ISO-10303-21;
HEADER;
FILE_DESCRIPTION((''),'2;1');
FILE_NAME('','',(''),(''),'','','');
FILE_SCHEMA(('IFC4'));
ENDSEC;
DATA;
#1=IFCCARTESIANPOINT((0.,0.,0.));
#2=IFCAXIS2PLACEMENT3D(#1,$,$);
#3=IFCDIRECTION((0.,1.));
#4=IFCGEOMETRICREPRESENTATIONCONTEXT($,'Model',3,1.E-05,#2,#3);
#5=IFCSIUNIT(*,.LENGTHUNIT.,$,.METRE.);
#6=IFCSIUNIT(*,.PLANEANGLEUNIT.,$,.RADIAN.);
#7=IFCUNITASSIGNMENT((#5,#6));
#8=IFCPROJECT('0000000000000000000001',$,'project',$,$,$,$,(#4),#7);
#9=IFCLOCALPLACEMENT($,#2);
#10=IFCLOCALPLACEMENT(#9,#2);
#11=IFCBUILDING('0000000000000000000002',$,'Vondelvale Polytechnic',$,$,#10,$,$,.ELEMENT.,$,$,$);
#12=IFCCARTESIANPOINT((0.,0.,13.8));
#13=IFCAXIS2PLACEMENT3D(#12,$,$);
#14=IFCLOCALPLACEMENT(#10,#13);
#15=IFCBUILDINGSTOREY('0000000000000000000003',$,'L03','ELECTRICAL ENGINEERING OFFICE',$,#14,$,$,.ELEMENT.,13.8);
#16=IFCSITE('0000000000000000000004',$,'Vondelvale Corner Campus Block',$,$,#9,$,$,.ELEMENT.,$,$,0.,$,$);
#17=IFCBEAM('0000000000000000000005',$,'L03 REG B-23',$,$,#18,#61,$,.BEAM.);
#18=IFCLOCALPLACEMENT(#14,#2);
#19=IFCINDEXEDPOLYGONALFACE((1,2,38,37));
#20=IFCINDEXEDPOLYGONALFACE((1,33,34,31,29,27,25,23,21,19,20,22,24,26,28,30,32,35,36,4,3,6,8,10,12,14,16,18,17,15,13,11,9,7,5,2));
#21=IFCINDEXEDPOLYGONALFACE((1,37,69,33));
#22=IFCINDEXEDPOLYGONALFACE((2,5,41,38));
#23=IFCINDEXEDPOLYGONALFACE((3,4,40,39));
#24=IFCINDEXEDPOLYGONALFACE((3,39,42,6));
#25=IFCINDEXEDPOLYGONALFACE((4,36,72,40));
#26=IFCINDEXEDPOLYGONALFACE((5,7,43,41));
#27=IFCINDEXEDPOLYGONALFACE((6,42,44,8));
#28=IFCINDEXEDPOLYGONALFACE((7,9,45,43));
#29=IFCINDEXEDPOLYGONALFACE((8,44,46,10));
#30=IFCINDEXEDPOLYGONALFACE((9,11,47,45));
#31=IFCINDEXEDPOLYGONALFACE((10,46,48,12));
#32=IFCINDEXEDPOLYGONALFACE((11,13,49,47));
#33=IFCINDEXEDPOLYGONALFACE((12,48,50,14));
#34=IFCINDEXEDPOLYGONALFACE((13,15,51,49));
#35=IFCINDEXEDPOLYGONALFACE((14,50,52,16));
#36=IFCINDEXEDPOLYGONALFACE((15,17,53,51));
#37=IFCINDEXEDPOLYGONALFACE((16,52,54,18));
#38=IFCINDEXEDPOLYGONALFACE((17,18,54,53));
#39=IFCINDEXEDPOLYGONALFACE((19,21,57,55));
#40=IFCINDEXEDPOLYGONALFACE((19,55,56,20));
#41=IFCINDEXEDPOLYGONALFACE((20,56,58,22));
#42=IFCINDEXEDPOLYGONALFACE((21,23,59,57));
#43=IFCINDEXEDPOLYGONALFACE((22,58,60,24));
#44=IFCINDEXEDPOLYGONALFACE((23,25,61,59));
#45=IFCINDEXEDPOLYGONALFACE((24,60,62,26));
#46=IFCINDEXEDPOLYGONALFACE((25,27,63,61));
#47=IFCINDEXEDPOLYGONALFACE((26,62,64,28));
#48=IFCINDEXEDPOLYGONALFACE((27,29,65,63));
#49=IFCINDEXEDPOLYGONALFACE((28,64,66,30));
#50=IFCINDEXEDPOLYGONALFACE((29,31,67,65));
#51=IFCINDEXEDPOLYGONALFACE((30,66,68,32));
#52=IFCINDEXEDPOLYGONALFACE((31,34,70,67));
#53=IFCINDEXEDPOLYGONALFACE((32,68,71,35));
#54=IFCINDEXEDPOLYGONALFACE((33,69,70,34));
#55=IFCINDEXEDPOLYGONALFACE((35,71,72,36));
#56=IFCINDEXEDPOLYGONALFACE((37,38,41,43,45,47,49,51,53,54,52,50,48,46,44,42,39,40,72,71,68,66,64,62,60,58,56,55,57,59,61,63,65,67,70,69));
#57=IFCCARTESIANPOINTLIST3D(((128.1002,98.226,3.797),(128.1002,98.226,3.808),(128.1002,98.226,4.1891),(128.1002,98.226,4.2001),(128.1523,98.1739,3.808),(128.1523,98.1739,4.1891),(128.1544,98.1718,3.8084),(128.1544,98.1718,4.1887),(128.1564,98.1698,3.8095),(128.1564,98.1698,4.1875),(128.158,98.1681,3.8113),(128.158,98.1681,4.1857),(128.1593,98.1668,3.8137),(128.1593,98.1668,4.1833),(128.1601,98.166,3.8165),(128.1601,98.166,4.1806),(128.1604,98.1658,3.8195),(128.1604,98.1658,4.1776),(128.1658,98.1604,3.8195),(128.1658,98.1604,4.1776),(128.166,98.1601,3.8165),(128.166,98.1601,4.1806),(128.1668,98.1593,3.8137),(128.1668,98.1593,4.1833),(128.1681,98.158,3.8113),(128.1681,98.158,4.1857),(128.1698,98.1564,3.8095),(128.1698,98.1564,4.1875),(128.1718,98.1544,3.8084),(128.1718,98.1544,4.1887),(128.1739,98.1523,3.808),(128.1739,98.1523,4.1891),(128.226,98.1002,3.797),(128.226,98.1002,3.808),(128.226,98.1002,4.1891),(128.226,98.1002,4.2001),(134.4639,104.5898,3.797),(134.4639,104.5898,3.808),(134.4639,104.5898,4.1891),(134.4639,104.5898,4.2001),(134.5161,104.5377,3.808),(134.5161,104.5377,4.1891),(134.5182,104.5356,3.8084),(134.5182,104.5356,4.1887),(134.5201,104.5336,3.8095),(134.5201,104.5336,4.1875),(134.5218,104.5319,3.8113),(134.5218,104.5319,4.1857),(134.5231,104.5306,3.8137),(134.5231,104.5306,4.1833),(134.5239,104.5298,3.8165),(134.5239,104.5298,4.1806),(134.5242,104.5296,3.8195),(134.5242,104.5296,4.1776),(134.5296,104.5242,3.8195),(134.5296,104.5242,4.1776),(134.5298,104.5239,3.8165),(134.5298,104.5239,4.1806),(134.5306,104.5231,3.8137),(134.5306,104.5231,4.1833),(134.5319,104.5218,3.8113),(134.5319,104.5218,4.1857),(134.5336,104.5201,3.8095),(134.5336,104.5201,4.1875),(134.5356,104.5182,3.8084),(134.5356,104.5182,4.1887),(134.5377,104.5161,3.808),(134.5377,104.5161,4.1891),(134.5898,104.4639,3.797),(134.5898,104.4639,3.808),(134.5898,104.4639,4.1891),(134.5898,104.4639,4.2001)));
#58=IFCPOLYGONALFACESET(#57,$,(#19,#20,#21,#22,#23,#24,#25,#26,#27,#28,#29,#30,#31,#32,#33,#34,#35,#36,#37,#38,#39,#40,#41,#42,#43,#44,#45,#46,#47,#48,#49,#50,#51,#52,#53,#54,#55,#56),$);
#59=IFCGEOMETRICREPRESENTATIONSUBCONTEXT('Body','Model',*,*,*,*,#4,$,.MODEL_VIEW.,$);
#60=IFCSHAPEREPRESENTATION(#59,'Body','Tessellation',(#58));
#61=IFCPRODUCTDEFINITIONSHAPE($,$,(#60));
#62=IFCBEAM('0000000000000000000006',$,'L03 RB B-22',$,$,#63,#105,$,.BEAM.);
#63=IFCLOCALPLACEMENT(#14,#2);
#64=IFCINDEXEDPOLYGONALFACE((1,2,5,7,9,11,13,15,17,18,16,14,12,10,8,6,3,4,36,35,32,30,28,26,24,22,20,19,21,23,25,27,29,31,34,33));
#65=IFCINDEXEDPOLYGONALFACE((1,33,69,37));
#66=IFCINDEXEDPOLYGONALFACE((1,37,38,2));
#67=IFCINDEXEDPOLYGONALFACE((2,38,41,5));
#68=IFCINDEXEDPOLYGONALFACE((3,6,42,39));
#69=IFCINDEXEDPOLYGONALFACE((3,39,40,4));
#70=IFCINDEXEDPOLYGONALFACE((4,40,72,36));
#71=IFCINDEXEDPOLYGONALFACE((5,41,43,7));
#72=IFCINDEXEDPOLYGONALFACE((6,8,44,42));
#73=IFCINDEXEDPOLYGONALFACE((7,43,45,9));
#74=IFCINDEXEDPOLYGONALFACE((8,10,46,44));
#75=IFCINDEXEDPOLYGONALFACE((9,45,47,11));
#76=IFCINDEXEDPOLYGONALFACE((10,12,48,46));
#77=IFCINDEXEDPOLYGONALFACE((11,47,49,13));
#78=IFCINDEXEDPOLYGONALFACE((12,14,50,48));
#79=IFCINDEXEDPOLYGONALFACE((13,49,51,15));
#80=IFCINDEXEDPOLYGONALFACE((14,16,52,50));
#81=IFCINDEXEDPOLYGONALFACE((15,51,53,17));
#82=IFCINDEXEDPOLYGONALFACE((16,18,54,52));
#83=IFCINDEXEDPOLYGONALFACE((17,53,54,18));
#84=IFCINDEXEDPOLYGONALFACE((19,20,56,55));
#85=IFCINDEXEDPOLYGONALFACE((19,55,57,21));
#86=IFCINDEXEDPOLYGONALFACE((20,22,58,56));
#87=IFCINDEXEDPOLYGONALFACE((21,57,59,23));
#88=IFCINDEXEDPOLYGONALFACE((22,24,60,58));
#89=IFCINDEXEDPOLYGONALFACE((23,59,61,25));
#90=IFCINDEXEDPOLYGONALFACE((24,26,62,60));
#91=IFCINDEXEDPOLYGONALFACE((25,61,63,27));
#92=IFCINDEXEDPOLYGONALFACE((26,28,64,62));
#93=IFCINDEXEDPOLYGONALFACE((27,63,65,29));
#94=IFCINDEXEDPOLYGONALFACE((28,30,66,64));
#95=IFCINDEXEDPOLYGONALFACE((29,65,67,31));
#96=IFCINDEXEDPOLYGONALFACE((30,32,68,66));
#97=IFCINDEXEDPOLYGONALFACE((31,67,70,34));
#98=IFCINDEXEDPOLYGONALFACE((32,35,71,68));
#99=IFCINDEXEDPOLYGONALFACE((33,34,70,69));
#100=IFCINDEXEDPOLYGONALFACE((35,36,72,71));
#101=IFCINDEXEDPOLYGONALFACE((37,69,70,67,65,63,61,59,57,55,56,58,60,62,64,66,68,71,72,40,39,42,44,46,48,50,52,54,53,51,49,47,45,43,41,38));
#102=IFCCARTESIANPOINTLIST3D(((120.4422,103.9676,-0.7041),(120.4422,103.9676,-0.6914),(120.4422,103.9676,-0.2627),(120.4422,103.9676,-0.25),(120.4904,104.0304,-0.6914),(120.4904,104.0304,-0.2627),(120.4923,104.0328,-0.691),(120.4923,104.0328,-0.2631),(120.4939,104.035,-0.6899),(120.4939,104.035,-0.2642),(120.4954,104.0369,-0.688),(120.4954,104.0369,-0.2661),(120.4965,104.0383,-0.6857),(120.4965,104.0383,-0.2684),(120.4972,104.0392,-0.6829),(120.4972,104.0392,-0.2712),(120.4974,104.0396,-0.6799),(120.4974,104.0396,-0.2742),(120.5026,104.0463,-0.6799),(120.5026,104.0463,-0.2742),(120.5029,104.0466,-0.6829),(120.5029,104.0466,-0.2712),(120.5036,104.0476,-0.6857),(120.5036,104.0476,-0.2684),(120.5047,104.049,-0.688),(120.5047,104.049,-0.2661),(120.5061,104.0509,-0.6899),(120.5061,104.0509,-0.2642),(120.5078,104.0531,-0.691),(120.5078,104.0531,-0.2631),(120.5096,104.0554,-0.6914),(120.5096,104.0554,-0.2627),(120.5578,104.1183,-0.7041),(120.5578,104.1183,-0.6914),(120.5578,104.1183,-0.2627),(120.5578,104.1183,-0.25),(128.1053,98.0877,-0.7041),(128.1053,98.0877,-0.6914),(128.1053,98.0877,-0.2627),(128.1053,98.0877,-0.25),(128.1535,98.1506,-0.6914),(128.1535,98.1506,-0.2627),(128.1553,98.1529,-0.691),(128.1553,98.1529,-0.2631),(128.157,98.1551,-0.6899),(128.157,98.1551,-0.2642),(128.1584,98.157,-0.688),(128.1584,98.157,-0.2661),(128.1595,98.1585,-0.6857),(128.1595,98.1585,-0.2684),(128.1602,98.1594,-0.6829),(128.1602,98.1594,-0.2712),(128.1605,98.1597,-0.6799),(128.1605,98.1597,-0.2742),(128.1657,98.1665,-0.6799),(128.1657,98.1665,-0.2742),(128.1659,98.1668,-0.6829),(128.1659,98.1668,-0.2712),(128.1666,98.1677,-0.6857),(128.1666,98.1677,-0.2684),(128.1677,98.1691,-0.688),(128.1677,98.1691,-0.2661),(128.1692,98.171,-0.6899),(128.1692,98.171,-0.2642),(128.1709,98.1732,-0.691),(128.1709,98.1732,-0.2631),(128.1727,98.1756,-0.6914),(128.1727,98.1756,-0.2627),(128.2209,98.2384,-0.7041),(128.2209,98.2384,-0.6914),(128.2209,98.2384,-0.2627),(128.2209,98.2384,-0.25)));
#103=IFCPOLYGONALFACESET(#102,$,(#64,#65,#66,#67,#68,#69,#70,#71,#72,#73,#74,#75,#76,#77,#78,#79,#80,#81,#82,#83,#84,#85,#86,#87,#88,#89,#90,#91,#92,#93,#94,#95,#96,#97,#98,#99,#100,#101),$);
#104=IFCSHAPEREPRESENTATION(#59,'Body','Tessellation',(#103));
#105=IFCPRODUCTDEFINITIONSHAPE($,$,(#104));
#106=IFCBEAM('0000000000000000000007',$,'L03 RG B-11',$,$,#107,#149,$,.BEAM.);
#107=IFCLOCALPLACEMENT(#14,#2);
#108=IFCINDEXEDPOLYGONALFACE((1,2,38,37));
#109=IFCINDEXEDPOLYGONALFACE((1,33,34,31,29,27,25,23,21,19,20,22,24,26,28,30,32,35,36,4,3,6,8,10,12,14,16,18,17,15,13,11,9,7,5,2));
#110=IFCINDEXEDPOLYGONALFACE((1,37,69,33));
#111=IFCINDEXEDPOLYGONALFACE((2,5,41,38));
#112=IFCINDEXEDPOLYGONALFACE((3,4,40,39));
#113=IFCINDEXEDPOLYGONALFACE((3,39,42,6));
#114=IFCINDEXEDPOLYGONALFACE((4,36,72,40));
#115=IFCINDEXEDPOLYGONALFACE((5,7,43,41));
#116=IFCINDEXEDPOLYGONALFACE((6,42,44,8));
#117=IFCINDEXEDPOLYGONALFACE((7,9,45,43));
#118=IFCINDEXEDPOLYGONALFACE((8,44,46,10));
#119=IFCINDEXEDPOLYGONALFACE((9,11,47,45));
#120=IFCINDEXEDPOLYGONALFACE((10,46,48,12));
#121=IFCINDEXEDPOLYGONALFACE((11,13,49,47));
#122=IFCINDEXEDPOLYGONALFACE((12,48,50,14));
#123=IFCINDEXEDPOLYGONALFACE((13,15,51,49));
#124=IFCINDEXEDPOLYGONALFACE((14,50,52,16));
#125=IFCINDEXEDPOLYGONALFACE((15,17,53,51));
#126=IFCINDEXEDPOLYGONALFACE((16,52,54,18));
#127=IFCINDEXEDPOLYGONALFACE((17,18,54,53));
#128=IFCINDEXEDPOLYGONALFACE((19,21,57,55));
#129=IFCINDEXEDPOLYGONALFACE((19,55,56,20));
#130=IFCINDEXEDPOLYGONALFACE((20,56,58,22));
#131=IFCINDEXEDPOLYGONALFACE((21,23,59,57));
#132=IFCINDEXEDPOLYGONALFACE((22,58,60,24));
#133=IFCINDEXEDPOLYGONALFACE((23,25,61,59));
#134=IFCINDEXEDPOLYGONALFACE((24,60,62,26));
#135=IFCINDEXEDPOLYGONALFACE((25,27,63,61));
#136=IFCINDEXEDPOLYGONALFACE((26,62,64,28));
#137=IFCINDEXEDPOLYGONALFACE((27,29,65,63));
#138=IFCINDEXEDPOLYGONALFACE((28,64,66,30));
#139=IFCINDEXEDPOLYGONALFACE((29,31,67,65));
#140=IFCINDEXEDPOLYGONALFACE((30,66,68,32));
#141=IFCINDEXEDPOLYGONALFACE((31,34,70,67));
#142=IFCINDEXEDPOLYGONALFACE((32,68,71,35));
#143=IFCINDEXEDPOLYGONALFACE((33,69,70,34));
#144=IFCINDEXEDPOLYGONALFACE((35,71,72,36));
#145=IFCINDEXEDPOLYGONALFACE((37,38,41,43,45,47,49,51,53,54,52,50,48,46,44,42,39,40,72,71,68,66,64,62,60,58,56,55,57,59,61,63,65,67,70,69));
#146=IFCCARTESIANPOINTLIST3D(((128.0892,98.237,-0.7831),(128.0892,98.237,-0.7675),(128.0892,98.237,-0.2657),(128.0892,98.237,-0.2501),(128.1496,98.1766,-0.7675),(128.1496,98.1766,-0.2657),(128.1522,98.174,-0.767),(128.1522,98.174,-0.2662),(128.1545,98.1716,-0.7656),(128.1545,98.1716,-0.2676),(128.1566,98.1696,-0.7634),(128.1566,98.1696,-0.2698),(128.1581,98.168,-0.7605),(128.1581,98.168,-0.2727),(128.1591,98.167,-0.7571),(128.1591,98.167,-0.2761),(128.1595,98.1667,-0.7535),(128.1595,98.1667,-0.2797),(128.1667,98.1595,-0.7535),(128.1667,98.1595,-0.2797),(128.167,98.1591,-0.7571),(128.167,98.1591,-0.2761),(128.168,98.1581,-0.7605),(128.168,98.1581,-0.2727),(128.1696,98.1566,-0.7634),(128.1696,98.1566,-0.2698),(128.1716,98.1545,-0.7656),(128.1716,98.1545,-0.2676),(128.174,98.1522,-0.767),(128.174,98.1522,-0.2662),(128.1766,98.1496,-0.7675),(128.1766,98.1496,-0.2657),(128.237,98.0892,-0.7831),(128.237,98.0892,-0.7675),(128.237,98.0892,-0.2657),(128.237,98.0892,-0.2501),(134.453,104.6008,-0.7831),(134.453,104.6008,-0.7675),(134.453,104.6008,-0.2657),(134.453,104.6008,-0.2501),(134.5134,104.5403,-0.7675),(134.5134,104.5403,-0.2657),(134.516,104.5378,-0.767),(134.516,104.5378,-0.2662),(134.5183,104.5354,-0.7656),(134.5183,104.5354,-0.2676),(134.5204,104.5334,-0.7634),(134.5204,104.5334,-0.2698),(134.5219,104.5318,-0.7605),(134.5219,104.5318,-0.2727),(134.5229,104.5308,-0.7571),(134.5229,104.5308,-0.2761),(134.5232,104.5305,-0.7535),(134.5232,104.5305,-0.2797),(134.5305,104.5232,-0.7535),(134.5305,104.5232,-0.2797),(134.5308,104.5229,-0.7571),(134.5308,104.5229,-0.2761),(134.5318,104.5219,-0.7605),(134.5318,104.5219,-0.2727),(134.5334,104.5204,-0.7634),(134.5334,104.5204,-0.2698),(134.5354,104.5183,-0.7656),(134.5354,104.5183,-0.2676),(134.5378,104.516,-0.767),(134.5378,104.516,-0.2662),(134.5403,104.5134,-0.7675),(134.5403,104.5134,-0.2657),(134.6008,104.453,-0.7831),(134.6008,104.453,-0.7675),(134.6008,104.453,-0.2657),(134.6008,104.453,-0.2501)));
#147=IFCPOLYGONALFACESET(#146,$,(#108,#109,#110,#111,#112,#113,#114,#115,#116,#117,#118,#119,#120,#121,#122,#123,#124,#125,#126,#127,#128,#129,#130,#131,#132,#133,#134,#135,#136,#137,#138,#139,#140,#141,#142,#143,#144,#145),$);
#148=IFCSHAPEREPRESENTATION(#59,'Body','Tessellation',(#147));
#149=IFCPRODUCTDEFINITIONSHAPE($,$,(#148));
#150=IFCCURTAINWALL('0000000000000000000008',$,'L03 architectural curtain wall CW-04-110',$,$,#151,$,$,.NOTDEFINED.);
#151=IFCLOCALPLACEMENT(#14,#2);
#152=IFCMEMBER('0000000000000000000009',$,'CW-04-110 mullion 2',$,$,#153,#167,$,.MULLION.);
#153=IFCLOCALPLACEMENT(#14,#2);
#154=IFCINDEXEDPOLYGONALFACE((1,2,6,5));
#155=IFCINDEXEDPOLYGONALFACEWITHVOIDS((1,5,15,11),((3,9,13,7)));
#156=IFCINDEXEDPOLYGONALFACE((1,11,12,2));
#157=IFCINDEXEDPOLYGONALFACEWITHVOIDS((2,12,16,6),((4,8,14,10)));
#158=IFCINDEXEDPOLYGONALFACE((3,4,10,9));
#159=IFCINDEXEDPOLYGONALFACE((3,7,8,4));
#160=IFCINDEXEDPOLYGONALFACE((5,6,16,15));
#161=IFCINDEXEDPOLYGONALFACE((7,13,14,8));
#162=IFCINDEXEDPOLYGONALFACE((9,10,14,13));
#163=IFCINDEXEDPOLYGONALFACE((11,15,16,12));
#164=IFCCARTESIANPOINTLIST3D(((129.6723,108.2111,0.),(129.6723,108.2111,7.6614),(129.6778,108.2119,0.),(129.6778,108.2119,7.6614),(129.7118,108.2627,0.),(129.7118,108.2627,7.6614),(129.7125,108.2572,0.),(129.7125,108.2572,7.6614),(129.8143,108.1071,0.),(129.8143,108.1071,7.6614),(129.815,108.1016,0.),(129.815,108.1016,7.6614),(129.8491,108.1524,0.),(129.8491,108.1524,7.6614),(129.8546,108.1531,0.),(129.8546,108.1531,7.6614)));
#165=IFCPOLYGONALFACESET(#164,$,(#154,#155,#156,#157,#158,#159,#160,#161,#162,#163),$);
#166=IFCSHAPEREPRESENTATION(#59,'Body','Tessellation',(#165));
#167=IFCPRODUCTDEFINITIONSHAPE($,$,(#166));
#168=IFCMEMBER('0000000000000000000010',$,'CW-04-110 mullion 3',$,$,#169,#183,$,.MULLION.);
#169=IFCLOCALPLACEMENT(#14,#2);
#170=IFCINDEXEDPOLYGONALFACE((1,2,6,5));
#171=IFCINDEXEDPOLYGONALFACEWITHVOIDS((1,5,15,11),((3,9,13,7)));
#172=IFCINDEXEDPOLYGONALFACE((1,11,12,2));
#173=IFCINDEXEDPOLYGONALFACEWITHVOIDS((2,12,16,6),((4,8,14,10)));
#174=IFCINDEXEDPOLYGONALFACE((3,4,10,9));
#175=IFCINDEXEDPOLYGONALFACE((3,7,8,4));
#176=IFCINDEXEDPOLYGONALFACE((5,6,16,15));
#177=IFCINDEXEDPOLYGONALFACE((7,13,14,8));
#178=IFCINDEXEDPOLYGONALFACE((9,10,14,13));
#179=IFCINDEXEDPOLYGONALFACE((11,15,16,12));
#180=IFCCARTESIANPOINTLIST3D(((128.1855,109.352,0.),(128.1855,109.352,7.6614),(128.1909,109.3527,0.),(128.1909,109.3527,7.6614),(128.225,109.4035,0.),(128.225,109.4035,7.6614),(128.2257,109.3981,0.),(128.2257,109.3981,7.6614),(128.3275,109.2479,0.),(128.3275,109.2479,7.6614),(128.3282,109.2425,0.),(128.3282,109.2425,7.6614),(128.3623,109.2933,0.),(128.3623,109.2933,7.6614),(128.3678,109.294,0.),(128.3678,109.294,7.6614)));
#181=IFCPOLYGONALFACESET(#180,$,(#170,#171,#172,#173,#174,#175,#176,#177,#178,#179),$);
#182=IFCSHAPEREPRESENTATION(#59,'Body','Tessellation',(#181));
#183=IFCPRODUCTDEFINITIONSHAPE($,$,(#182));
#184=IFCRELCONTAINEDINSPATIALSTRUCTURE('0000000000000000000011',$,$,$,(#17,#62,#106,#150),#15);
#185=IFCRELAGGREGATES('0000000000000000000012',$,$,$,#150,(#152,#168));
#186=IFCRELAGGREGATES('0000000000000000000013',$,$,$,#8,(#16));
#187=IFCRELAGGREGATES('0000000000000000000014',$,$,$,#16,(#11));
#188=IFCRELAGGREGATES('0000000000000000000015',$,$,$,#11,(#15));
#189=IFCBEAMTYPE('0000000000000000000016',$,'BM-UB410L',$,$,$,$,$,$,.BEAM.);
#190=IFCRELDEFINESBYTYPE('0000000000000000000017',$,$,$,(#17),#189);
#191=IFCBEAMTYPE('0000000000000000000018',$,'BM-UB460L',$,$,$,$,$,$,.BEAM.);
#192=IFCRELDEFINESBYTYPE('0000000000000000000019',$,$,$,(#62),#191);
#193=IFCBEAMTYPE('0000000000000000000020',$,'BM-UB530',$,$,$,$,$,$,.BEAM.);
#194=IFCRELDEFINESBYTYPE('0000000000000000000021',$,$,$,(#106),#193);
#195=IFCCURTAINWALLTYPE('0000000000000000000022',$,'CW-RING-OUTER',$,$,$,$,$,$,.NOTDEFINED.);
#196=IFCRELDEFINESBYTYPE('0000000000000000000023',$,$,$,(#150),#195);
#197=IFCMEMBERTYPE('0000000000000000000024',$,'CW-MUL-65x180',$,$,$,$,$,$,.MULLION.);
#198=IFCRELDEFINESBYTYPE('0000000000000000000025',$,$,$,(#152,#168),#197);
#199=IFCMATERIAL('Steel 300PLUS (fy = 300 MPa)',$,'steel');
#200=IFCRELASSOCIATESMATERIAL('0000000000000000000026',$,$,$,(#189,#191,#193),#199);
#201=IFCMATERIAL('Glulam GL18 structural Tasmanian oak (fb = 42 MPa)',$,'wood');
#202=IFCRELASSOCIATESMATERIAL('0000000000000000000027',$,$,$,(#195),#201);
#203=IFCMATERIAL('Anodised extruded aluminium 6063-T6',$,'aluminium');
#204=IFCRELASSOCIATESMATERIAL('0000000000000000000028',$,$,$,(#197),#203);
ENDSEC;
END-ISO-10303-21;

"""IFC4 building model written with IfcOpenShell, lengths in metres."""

from ifc_helpers import new_model, si_unit, direction, frame, origin, origin_2d, place, context, subcontext, project, spatial, hollow_rectangle, i_section, extrude, material, material_profile, profile_set, type_object, element, aggregate, save


model = new_model("IFC4")

# Units and contexts
model_context = context("Model", 3, precision=1e-05, world=origin(), true_north=direction((0.0, 1.0)))
body_context = subcontext(model_context, "Body", "Model", "MODEL_VIEW")
ifc_project = project(units=[si_unit("LENGTHUNIT", "METRE"), si_unit("PLANEANGLEUNIT", "RADIAN")], contexts=[model_context])

# Site, building, storey
site_placement = place(None, origin())
site = spatial("IfcSite", under=ifc_project, at=site_placement, Name="Vondelvale Corner Campus Block", CompositionType="ELEMENT", RefElevation=0.0)
building_placement = place(site_placement, origin())
building = spatial("IfcBuilding", under=site, at=building_placement, Name="Vondelvale Polytechnic", CompositionType="ELEMENT")
storey_placement = place(building_placement, frame((0.0, 0.0, 13.8)))
storey = spatial("IfcBuildingStorey", under=building, at=storey_placement, Name="L03", Description="ELECTRICAL ENGINEERING OFFICE", CompositionType="ELEMENT", Elevation=13.8)

# Shared definitions
ifc_material_1 = material(Name="Glulam GL18 structural Tasmanian oak (fb = 42 MPa)", Category="wood")
ifc_material_2 = material(Name="Steel 300PLUS (fy = 300 MPa)", Category="steel")

# Beams
ifc_material_profile_1 = material_profile(ifc_material_2, i_section(OverallWidth=0.178, OverallDepth=0.4031, WebThickness=0.0076, FlangeThickness=0.011, FilletRadius=0.0115, at=origin_2d()), Name="410UB53.7")
ifc_profile_set_1 = profile_set([ifc_material_profile_1], Name="Steel 300PLUS (fy = 300 MPa)")
beam_type_1 = type_object("IfcBeamType", Name="BM-UB410L", PredefinedType="BEAM", material=ifc_profile_set_1)
beam_1_placement = place(storey_placement, frame((128.1631, 98.1631, 3.9985), z_axis=(0.707107, 0.707107, 0.0), x_axis=(-0.707107, 0.707107, 0.0)))
element("IfcBeam", 1, at=beam_1_placement, inside=storey, type_object=beam_type_1, Name="L03 REG B-23", PredefinedType="BEAM", context=body_context, shape_type="SweptSolid", body=[
    extrude(i_section(OverallWidth=0.178, OverallDepth=0.4031, WebThickness=0.0076, FlangeThickness=0.011, FilletRadius=0.0115, at=origin_2d()), origin(), (0.0, 0.0, 1.0), 8.9998),
])
ifc_material_profile_2 = material_profile(ifc_material_2, i_section(OverallWidth=0.1899, OverallDepth=0.4541, WebThickness=0.0085, FlangeThickness=0.0127, FilletRadius=0.0115, at=origin_2d()), Name="460UB67.1")
ifc_profile_set_2 = profile_set([ifc_material_profile_2], Name="Steel 300PLUS (fy = 300 MPa)")
beam_type_2 = type_object("IfcBeamType", Name="BM-UB460L", PredefinedType="BEAM", material=ifc_profile_set_2)
beam_2_placement = place(storey_placement, frame((128.1631, 98.1631, -0.4771), z_axis=(-0.793364, 0.608748, 0.0), x_axis=(-0.608748, -0.793364, 0.0)))
element("IfcBeam", 2, at=beam_2_placement, inside=storey, type_object=beam_type_2, Name="L03 RB B-22", PredefinedType="BEAM", context=body_context, shape_type="SweptSolid", body=[
    extrude(i_section(OverallWidth=0.1899, OverallDepth=0.4541, WebThickness=0.0085, FlangeThickness=0.0127, FilletRadius=0.0115, at=origin_2d()), origin(), (0.0, 0.0, 1.0), 9.6589),
])
ifc_material_profile_3 = material_profile(ifc_material_2, i_section(OverallWidth=0.209, OverallDepth=0.533, WebThickness=0.0103, FlangeThickness=0.0156, FilletRadius=0.0139, at=origin_2d()), Name="530UB92.4")
ifc_profile_set_3 = profile_set([ifc_material_profile_3], Name="Steel 300PLUS (fy = 300 MPa)")
beam_type_3 = type_object("IfcBeamType", Name="BM-UB530", PredefinedType="BEAM", material=ifc_profile_set_3)
beam_3_placement = place(storey_placement, frame((128.1631, 98.1631, -0.5166), z_axis=(0.707107, 0.707107, 0.0), x_axis=(-0.707107, 0.707107, 0.0)))
element("IfcBeam", 3, at=beam_3_placement, inside=storey, type_object=beam_type_3, Name="L03 RG B-11", PredefinedType="BEAM", context=body_context, shape_type="SweptSolid", body=[
    extrude(i_section(OverallWidth=0.209, OverallDepth=0.533, WebThickness=0.0103, FlangeThickness=0.0156, FilletRadius=0.0139, at=origin_2d()), origin(), (0.0, 0.0, 1.0), 8.9998),
])

# Curtain wall, members
curtain_wall_type = type_object("IfcCurtainWallType", Name="CW-RING-OUTER", PredefinedType="NOTDEFINED", material=ifc_material_1)
curtain_wall_1_placement = place(storey_placement, origin())
curtain_wall_1 = element("IfcCurtainWall", 4, at=curtain_wall_1_placement, inside=storey, type_object=curtain_wall_type, Name="L03 architectural curtain wall CW-04-110", PredefinedType="NOTDEFINED")
ifc_material_3 = material(Name="Anodised extruded aluminium 6063-T6", Category="aluminium")
ifc_material_profile_4 = material_profile(ifc_material_3, hollow_rectangle(XDim=0.0649, YDim=0.1799, WallThickness=0.0039, at=origin_2d()), Name="CW-MUL-180x65")
ifc_profile_set_4 = profile_set([ifc_material_profile_4], Name="Anodised extruded aluminium 6063-T6")
member_type_1 = type_object("IfcMemberType", Name="CW-MUL-65x180", PredefinedType="MULLION", material=ifc_profile_set_4)
member_1_placement = place(storey_placement, frame((129.7634, 108.1821, 0.0), z_axis=(0.0, 0.0, 1.0), x_axis=(-0.608771, -0.793346, 0.0)))
member_1 = element("IfcMember", 5, at=member_1_placement, type_object=member_type_1, Name="CW-04-110 mullion 2", PredefinedType="MULLION", context=body_context, shape_type="SweptSolid", body=[
    extrude(hollow_rectangle(XDim=0.0649, YDim=0.1799, WallThickness=0.0039, at=origin_2d()), origin(), (0.0, 0.0, 1.0), 7.6614),
])
member_2_placement = place(storey_placement, frame((128.2766, 109.323, 0.0), z_axis=(0.0, 0.0, 1.0), x_axis=(-0.608771, -0.793346, 0.0)))
member_2 = element("IfcMember", 6, at=member_2_placement, type_object=member_type_1, Name="CW-04-110 mullion 3", PredefinedType="MULLION", context=body_context, shape_type="SweptSolid", body=[
    extrude(hollow_rectangle(XDim=0.0649, YDim=0.1799, WallThickness=0.0039, at=origin_2d()), origin(), (0.0, 0.0, 1.0), 7.6614),
])

aggregate(curtain_wall_1, [member_1, member_2])

save(model, "model.ifc")
